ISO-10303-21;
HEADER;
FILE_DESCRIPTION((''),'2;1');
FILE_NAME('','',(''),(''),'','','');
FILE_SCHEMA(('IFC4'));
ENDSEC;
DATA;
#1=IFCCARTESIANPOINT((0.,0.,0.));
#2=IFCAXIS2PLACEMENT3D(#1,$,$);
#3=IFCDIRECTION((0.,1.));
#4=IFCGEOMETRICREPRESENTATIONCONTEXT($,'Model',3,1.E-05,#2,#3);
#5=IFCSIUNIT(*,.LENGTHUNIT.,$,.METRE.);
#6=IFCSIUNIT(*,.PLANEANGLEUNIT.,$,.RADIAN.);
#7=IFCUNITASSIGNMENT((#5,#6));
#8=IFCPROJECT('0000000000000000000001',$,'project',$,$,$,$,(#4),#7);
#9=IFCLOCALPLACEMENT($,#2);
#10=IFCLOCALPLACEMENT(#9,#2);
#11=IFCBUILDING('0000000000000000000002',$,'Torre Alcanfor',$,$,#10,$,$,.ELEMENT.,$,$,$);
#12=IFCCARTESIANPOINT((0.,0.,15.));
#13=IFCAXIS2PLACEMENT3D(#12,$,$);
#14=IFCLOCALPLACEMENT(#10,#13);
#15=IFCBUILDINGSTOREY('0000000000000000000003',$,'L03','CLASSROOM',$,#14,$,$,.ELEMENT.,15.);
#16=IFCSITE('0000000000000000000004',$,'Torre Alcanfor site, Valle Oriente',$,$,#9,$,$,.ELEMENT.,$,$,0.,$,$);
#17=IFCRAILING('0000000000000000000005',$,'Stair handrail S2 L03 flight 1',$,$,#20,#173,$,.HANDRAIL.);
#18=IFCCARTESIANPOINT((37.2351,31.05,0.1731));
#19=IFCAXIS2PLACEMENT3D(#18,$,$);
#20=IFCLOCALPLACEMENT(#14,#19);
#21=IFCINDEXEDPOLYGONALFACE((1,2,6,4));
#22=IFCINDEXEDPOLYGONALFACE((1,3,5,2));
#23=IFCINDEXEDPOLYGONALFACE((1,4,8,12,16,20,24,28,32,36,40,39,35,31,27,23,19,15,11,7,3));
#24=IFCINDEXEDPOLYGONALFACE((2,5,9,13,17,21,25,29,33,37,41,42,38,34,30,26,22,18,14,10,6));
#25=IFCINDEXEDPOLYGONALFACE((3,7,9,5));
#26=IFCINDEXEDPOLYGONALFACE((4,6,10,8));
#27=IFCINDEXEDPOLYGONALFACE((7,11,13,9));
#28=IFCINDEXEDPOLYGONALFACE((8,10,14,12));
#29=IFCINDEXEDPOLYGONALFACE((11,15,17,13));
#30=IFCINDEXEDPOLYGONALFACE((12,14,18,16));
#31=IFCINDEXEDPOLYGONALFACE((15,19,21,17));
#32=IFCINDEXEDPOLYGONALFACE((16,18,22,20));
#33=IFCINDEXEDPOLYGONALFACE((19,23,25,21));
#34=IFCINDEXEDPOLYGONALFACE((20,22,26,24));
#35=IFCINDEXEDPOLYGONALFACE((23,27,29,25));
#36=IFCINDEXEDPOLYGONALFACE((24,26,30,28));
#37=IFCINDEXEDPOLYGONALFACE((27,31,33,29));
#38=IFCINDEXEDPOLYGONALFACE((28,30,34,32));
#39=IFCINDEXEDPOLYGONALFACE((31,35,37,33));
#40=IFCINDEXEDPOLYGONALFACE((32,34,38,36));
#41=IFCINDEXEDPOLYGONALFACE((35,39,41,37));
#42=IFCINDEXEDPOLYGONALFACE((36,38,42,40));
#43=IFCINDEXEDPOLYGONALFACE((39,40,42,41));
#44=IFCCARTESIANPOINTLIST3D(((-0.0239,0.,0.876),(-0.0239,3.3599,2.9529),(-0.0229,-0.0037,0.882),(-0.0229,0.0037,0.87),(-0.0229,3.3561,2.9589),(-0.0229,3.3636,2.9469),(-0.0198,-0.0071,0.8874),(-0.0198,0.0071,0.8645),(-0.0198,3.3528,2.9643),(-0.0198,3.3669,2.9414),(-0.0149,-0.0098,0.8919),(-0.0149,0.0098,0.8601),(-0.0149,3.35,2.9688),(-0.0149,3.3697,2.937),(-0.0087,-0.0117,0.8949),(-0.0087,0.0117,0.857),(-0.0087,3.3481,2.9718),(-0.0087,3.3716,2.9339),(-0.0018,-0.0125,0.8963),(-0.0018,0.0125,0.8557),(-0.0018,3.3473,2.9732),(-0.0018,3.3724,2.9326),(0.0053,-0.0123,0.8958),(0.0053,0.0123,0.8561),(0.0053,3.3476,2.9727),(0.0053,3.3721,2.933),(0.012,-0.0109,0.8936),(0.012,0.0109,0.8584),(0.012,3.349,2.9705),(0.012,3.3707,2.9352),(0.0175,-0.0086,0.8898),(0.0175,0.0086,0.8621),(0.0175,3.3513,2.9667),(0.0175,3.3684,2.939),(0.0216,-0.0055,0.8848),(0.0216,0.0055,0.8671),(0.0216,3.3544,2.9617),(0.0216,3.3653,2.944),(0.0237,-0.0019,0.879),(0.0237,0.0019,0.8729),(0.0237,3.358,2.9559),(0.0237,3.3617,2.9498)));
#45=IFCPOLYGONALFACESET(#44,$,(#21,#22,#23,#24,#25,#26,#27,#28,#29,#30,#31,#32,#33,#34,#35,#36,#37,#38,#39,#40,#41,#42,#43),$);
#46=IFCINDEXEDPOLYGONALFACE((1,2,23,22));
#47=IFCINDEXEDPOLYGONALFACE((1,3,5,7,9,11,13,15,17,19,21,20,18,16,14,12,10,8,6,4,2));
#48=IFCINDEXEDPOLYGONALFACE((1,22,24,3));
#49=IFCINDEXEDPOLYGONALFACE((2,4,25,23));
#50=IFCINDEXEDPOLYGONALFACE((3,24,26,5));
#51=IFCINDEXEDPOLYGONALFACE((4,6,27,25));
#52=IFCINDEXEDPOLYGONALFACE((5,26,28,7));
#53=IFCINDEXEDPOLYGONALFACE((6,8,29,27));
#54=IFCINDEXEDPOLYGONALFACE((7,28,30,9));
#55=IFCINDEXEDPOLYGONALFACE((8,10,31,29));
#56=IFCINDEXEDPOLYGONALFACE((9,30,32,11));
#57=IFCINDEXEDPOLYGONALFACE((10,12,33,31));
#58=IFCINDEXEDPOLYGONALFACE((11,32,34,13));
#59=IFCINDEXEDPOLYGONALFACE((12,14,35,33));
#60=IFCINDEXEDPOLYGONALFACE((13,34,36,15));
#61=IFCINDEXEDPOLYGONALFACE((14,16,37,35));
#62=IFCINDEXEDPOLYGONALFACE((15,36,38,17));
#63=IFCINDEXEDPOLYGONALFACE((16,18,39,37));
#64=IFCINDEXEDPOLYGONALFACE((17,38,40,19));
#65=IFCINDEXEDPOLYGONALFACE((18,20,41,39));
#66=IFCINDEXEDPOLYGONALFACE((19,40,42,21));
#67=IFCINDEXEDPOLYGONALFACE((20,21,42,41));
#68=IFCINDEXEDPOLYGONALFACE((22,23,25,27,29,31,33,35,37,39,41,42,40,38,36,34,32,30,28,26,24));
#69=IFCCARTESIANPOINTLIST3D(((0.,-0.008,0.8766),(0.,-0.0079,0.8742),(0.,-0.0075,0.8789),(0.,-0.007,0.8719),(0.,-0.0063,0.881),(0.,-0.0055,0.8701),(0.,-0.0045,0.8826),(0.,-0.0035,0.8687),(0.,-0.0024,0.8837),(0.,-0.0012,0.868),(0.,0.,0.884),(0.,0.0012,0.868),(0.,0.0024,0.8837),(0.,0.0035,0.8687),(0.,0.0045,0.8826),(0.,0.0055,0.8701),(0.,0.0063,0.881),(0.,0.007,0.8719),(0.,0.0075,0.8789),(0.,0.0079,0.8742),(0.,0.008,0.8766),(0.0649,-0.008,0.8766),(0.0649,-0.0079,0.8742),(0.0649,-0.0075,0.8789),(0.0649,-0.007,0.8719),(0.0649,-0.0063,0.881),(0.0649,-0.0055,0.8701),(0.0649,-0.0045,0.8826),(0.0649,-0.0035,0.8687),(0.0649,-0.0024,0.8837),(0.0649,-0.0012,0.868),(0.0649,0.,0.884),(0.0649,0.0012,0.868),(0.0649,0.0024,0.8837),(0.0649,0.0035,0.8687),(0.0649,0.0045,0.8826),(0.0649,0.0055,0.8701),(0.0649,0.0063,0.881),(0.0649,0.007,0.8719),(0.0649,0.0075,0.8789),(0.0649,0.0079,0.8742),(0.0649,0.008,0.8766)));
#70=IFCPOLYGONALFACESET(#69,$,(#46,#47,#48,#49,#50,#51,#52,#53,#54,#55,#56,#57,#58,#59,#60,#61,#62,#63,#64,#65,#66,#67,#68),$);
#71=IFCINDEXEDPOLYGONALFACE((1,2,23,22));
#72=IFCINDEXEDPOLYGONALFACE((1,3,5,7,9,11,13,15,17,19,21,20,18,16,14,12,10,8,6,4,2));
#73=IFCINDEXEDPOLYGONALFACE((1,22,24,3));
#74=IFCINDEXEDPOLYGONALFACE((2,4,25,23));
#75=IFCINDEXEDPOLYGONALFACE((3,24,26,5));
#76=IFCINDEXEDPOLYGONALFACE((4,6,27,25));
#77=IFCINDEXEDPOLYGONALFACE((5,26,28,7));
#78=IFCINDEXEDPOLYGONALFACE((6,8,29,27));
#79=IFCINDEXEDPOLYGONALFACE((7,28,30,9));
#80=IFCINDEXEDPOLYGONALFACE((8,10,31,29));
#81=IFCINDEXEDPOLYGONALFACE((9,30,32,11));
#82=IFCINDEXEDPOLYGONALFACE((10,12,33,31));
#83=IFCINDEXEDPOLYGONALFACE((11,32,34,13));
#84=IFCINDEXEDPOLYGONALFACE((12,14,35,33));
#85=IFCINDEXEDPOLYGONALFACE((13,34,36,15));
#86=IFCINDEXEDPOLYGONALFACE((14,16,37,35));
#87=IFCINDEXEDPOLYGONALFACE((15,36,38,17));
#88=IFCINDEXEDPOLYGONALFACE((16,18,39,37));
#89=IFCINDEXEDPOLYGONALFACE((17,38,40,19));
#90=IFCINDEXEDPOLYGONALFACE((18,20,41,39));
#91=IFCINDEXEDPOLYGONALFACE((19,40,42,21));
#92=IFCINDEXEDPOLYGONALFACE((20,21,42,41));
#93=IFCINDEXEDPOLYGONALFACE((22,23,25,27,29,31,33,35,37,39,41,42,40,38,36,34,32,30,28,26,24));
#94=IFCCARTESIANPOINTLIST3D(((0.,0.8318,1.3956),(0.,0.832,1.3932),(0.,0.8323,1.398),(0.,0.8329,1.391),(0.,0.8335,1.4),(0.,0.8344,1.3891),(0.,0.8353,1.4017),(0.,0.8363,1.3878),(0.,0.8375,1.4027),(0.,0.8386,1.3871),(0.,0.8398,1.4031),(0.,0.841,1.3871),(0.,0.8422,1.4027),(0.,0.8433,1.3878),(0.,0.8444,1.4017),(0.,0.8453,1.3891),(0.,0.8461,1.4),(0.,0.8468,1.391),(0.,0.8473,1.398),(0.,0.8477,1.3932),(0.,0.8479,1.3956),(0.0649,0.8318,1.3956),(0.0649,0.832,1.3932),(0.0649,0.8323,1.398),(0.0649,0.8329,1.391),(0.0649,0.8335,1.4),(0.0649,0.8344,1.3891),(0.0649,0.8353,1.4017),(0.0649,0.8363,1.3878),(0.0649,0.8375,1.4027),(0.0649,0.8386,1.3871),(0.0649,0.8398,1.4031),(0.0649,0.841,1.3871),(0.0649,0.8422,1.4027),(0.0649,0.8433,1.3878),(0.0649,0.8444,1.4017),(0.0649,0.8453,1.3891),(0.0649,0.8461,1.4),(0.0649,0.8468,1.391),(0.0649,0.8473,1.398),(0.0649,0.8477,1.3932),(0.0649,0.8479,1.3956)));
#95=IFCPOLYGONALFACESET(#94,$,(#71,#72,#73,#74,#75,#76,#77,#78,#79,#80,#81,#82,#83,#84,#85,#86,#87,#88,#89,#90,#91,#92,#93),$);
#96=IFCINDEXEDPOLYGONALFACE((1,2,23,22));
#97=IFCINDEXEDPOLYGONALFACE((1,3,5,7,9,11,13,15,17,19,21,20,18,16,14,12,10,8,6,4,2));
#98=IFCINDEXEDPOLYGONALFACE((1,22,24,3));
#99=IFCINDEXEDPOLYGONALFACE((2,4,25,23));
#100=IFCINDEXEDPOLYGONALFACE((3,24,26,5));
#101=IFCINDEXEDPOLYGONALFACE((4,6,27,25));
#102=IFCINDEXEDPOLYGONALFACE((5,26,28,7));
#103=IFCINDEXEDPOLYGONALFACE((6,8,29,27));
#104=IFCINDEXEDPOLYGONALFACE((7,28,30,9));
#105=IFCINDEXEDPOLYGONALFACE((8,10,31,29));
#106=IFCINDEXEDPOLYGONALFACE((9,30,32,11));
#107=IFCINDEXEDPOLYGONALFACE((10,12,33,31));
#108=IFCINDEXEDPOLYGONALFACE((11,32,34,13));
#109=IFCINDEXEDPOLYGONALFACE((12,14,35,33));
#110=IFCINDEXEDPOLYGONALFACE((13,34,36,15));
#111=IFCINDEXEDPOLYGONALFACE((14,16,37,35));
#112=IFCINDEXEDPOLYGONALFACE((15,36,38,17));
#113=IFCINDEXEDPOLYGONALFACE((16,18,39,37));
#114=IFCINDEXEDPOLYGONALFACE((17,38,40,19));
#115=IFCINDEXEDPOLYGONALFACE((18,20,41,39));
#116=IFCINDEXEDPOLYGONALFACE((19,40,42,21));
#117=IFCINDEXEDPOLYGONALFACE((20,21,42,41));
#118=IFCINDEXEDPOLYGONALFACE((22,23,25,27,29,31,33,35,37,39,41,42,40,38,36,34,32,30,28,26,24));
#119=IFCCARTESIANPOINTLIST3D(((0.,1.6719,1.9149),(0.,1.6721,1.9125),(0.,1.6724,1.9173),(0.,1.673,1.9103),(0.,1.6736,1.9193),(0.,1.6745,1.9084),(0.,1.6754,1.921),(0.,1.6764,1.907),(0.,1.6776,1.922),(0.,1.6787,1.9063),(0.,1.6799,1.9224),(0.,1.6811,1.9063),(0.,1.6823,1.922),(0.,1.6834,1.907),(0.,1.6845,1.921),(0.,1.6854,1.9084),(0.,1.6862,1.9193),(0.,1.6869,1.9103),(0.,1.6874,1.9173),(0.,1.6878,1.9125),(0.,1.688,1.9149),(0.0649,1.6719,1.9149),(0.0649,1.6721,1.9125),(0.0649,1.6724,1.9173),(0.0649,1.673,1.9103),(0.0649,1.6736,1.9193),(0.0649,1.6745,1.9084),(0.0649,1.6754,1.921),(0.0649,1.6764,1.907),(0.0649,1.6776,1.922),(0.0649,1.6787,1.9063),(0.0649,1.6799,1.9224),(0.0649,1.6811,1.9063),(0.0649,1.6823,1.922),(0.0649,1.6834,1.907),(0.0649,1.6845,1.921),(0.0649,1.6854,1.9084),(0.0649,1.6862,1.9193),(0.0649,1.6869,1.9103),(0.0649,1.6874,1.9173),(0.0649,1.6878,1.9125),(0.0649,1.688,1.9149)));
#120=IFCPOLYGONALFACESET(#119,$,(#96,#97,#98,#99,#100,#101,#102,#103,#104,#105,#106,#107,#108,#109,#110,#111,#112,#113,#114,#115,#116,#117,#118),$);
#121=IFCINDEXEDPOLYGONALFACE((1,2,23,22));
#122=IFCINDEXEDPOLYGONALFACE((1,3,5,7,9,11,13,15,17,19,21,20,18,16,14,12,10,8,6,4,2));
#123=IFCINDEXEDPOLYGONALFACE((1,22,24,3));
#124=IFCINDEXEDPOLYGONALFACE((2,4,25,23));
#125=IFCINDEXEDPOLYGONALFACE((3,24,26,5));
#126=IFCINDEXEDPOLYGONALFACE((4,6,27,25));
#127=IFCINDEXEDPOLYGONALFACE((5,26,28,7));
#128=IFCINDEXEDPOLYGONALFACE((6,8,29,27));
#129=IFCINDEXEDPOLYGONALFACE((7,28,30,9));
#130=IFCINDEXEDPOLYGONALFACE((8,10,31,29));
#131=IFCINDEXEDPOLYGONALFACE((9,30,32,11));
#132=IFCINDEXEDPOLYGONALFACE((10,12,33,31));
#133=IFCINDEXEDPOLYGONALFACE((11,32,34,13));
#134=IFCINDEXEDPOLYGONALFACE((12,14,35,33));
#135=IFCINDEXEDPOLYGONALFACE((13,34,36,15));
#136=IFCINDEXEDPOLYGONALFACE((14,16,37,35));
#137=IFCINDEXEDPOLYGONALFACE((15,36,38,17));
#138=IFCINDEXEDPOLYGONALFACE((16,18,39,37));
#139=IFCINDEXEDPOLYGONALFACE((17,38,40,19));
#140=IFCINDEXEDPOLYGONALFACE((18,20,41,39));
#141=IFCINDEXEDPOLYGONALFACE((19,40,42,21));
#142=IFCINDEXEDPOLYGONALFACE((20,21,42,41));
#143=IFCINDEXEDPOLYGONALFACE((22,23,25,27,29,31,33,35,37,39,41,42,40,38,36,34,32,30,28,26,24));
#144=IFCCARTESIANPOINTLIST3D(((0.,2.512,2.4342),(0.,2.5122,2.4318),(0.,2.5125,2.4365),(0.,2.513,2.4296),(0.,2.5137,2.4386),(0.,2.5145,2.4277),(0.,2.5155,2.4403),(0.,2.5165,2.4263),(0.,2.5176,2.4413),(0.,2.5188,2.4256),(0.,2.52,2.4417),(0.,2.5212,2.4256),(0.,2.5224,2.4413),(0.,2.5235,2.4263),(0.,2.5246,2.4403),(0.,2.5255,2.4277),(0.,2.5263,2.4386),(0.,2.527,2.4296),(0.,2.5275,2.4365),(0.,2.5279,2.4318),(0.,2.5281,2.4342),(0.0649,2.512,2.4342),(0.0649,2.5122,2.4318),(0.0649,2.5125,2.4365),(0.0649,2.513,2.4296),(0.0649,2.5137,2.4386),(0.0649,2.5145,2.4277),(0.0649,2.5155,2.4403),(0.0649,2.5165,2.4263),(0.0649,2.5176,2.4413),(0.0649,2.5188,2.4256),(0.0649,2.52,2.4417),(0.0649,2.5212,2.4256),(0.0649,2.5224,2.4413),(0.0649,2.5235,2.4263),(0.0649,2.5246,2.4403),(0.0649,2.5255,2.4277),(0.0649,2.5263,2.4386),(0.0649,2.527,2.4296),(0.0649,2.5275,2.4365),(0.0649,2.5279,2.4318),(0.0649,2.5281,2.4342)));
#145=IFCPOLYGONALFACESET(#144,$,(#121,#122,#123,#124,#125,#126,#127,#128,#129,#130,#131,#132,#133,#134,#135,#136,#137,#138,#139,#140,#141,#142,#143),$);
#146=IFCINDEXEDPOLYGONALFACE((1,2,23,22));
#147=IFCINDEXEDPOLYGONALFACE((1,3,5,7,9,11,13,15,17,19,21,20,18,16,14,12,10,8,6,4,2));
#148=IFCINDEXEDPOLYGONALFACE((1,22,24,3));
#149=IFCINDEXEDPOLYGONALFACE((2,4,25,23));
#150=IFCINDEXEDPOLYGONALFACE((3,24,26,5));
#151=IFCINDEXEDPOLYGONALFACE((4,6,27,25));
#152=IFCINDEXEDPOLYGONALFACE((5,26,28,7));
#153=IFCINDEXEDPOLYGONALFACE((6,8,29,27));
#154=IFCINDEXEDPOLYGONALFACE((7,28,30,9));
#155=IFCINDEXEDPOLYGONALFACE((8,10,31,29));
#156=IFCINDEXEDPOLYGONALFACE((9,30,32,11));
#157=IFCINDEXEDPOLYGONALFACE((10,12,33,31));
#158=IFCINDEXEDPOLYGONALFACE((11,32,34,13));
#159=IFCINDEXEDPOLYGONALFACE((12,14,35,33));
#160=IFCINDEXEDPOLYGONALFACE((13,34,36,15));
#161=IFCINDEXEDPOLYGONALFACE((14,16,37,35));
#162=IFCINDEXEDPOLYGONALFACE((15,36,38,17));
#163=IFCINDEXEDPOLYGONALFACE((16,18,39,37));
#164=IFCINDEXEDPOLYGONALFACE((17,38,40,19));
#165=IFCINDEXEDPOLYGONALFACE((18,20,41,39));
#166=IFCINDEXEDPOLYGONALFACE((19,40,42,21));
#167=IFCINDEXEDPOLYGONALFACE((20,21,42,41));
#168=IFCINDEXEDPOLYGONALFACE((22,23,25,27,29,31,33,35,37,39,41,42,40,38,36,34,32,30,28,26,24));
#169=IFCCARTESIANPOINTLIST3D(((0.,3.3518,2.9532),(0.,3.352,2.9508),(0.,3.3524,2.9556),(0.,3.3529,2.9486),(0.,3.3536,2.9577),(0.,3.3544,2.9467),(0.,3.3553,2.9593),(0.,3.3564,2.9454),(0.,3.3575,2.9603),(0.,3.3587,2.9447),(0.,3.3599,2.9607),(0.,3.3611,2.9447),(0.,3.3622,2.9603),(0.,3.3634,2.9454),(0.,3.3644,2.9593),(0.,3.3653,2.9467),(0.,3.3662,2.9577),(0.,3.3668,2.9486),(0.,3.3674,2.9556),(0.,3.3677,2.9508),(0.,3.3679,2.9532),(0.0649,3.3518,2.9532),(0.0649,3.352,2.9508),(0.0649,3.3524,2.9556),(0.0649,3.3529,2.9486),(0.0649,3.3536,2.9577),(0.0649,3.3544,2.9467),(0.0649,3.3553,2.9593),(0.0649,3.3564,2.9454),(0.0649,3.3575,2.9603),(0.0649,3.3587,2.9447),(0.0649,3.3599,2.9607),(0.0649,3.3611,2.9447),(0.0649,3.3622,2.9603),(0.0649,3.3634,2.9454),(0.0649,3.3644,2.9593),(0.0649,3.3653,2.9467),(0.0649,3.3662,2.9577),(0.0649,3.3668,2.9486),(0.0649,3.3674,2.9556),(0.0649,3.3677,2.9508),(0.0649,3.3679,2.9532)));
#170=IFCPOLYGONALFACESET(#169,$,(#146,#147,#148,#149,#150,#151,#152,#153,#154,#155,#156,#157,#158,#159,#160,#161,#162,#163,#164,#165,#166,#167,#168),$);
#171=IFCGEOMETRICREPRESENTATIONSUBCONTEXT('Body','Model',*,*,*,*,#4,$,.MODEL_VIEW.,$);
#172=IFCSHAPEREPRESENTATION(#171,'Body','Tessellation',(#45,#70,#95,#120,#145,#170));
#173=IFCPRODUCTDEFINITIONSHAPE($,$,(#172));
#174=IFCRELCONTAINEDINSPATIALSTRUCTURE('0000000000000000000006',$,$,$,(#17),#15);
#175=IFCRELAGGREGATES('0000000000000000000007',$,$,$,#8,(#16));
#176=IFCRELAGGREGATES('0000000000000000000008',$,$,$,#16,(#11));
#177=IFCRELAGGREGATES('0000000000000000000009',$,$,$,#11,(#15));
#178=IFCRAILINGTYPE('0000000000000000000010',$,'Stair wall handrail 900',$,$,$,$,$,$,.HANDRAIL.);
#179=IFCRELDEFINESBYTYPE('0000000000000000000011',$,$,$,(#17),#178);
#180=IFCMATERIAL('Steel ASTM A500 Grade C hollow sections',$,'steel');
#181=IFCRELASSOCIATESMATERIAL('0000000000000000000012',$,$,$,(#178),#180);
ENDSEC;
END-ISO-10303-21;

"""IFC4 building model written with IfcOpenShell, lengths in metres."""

from ifc_helpers import new_model, si_unit, direction, frame, origin, origin_2d, place, context, subcontext, project, spatial, circle, extrude, material, type_object, element, save


model = new_model("IFC4")

# Units and contexts
model_context = context("Model", 3, precision=1e-05, world=origin(), true_north=direction((0.0, 1.0)))
body_context = subcontext(model_context, "Body", "Model", "MODEL_VIEW")
ifc_project = project(units=[si_unit("LENGTHUNIT", "METRE"), si_unit("PLANEANGLEUNIT", "RADIAN")], contexts=[model_context])

# Site, building, storey
site_placement = place(None, origin())
site = spatial("IfcSite", under=ifc_project, at=site_placement, Name="Torre Alcanfor site, Valle Oriente", CompositionType="ELEMENT", RefElevation=0.0)
building_placement = place(site_placement, origin())
building = spatial("IfcBuilding", under=site, at=building_placement, Name="Torre Alcanfor", CompositionType="ELEMENT")
storey_placement = place(building_placement, frame((0.0, 0.0, 15.0)))
storey = spatial("IfcBuildingStorey", under=building, at=storey_placement, Name="L03", Description="CLASSROOM", CompositionType="ELEMENT", Elevation=15.0)

# Railing
ifc_material_1 = material(Name="Steel ASTM A500 Grade C hollow sections", Category="steel")
railing_type = type_object("IfcRailingType", Name="Stair wall handrail 900", PredefinedType="HANDRAIL", material=ifc_material_1)
railing_placement = place(storey_placement, frame((37.2351, 31.05, 0.1731)))
element("IfcRailing", 1, at=railing_placement, inside=storey, type_object=railing_type, Name="Stair handrail S2 L03 flight 1", PredefinedType="HANDRAIL", context=body_context, shape_type="SweptSolid", body=[
    extrude(circle(Radius=0.0239, at=origin_2d()), frame((0.0, 0.0, 0.876), z_axis=(0.0, 0.850606, 0.525803), x_axis=(-1.0, 0.0, 0.0)), (0.0, 0.0, 1.0), 3.95),
    extrude(circle(Radius=0.0081, at=origin_2d()), frame((0.0, 0.0, 0.876), z_axis=(1.0, 0.0, 0.0), x_axis=(0.0, 0.0, 1.0)), (0.0, 0.0, 1.0), 0.0649),
    extrude(circle(Radius=0.0081, at=origin_2d()), frame((0.0, 0.8398, 1.395), z_axis=(1.0, 0.0, 0.0), x_axis=(0.0, 0.0, 1.0)), (0.0, 0.0, 1.0), 0.0649),
    extrude(circle(Radius=0.0081, at=origin_2d()), frame((0.0, 1.6799, 1.9143), z_axis=(1.0, 0.0, 0.0), x_axis=(0.0, 0.0, 1.0)), (0.0, 0.0, 1.0), 0.0649),
    extrude(circle(Radius=0.0081, at=origin_2d()), frame((0.0, 2.52, 2.4336), z_axis=(1.0, 0.0, 0.0), x_axis=(0.0, 0.0, 1.0)), (0.0, 0.0, 1.0), 0.0649),
    extrude(circle(Radius=0.0081, at=origin_2d()), frame((0.0, 3.3599, 2.9526), z_axis=(1.0, 0.0, 0.0), x_axis=(0.0, 0.0, 1.0)), (0.0, 0.0, 1.0), 0.0649),
])

save(model, "model.ifc")
